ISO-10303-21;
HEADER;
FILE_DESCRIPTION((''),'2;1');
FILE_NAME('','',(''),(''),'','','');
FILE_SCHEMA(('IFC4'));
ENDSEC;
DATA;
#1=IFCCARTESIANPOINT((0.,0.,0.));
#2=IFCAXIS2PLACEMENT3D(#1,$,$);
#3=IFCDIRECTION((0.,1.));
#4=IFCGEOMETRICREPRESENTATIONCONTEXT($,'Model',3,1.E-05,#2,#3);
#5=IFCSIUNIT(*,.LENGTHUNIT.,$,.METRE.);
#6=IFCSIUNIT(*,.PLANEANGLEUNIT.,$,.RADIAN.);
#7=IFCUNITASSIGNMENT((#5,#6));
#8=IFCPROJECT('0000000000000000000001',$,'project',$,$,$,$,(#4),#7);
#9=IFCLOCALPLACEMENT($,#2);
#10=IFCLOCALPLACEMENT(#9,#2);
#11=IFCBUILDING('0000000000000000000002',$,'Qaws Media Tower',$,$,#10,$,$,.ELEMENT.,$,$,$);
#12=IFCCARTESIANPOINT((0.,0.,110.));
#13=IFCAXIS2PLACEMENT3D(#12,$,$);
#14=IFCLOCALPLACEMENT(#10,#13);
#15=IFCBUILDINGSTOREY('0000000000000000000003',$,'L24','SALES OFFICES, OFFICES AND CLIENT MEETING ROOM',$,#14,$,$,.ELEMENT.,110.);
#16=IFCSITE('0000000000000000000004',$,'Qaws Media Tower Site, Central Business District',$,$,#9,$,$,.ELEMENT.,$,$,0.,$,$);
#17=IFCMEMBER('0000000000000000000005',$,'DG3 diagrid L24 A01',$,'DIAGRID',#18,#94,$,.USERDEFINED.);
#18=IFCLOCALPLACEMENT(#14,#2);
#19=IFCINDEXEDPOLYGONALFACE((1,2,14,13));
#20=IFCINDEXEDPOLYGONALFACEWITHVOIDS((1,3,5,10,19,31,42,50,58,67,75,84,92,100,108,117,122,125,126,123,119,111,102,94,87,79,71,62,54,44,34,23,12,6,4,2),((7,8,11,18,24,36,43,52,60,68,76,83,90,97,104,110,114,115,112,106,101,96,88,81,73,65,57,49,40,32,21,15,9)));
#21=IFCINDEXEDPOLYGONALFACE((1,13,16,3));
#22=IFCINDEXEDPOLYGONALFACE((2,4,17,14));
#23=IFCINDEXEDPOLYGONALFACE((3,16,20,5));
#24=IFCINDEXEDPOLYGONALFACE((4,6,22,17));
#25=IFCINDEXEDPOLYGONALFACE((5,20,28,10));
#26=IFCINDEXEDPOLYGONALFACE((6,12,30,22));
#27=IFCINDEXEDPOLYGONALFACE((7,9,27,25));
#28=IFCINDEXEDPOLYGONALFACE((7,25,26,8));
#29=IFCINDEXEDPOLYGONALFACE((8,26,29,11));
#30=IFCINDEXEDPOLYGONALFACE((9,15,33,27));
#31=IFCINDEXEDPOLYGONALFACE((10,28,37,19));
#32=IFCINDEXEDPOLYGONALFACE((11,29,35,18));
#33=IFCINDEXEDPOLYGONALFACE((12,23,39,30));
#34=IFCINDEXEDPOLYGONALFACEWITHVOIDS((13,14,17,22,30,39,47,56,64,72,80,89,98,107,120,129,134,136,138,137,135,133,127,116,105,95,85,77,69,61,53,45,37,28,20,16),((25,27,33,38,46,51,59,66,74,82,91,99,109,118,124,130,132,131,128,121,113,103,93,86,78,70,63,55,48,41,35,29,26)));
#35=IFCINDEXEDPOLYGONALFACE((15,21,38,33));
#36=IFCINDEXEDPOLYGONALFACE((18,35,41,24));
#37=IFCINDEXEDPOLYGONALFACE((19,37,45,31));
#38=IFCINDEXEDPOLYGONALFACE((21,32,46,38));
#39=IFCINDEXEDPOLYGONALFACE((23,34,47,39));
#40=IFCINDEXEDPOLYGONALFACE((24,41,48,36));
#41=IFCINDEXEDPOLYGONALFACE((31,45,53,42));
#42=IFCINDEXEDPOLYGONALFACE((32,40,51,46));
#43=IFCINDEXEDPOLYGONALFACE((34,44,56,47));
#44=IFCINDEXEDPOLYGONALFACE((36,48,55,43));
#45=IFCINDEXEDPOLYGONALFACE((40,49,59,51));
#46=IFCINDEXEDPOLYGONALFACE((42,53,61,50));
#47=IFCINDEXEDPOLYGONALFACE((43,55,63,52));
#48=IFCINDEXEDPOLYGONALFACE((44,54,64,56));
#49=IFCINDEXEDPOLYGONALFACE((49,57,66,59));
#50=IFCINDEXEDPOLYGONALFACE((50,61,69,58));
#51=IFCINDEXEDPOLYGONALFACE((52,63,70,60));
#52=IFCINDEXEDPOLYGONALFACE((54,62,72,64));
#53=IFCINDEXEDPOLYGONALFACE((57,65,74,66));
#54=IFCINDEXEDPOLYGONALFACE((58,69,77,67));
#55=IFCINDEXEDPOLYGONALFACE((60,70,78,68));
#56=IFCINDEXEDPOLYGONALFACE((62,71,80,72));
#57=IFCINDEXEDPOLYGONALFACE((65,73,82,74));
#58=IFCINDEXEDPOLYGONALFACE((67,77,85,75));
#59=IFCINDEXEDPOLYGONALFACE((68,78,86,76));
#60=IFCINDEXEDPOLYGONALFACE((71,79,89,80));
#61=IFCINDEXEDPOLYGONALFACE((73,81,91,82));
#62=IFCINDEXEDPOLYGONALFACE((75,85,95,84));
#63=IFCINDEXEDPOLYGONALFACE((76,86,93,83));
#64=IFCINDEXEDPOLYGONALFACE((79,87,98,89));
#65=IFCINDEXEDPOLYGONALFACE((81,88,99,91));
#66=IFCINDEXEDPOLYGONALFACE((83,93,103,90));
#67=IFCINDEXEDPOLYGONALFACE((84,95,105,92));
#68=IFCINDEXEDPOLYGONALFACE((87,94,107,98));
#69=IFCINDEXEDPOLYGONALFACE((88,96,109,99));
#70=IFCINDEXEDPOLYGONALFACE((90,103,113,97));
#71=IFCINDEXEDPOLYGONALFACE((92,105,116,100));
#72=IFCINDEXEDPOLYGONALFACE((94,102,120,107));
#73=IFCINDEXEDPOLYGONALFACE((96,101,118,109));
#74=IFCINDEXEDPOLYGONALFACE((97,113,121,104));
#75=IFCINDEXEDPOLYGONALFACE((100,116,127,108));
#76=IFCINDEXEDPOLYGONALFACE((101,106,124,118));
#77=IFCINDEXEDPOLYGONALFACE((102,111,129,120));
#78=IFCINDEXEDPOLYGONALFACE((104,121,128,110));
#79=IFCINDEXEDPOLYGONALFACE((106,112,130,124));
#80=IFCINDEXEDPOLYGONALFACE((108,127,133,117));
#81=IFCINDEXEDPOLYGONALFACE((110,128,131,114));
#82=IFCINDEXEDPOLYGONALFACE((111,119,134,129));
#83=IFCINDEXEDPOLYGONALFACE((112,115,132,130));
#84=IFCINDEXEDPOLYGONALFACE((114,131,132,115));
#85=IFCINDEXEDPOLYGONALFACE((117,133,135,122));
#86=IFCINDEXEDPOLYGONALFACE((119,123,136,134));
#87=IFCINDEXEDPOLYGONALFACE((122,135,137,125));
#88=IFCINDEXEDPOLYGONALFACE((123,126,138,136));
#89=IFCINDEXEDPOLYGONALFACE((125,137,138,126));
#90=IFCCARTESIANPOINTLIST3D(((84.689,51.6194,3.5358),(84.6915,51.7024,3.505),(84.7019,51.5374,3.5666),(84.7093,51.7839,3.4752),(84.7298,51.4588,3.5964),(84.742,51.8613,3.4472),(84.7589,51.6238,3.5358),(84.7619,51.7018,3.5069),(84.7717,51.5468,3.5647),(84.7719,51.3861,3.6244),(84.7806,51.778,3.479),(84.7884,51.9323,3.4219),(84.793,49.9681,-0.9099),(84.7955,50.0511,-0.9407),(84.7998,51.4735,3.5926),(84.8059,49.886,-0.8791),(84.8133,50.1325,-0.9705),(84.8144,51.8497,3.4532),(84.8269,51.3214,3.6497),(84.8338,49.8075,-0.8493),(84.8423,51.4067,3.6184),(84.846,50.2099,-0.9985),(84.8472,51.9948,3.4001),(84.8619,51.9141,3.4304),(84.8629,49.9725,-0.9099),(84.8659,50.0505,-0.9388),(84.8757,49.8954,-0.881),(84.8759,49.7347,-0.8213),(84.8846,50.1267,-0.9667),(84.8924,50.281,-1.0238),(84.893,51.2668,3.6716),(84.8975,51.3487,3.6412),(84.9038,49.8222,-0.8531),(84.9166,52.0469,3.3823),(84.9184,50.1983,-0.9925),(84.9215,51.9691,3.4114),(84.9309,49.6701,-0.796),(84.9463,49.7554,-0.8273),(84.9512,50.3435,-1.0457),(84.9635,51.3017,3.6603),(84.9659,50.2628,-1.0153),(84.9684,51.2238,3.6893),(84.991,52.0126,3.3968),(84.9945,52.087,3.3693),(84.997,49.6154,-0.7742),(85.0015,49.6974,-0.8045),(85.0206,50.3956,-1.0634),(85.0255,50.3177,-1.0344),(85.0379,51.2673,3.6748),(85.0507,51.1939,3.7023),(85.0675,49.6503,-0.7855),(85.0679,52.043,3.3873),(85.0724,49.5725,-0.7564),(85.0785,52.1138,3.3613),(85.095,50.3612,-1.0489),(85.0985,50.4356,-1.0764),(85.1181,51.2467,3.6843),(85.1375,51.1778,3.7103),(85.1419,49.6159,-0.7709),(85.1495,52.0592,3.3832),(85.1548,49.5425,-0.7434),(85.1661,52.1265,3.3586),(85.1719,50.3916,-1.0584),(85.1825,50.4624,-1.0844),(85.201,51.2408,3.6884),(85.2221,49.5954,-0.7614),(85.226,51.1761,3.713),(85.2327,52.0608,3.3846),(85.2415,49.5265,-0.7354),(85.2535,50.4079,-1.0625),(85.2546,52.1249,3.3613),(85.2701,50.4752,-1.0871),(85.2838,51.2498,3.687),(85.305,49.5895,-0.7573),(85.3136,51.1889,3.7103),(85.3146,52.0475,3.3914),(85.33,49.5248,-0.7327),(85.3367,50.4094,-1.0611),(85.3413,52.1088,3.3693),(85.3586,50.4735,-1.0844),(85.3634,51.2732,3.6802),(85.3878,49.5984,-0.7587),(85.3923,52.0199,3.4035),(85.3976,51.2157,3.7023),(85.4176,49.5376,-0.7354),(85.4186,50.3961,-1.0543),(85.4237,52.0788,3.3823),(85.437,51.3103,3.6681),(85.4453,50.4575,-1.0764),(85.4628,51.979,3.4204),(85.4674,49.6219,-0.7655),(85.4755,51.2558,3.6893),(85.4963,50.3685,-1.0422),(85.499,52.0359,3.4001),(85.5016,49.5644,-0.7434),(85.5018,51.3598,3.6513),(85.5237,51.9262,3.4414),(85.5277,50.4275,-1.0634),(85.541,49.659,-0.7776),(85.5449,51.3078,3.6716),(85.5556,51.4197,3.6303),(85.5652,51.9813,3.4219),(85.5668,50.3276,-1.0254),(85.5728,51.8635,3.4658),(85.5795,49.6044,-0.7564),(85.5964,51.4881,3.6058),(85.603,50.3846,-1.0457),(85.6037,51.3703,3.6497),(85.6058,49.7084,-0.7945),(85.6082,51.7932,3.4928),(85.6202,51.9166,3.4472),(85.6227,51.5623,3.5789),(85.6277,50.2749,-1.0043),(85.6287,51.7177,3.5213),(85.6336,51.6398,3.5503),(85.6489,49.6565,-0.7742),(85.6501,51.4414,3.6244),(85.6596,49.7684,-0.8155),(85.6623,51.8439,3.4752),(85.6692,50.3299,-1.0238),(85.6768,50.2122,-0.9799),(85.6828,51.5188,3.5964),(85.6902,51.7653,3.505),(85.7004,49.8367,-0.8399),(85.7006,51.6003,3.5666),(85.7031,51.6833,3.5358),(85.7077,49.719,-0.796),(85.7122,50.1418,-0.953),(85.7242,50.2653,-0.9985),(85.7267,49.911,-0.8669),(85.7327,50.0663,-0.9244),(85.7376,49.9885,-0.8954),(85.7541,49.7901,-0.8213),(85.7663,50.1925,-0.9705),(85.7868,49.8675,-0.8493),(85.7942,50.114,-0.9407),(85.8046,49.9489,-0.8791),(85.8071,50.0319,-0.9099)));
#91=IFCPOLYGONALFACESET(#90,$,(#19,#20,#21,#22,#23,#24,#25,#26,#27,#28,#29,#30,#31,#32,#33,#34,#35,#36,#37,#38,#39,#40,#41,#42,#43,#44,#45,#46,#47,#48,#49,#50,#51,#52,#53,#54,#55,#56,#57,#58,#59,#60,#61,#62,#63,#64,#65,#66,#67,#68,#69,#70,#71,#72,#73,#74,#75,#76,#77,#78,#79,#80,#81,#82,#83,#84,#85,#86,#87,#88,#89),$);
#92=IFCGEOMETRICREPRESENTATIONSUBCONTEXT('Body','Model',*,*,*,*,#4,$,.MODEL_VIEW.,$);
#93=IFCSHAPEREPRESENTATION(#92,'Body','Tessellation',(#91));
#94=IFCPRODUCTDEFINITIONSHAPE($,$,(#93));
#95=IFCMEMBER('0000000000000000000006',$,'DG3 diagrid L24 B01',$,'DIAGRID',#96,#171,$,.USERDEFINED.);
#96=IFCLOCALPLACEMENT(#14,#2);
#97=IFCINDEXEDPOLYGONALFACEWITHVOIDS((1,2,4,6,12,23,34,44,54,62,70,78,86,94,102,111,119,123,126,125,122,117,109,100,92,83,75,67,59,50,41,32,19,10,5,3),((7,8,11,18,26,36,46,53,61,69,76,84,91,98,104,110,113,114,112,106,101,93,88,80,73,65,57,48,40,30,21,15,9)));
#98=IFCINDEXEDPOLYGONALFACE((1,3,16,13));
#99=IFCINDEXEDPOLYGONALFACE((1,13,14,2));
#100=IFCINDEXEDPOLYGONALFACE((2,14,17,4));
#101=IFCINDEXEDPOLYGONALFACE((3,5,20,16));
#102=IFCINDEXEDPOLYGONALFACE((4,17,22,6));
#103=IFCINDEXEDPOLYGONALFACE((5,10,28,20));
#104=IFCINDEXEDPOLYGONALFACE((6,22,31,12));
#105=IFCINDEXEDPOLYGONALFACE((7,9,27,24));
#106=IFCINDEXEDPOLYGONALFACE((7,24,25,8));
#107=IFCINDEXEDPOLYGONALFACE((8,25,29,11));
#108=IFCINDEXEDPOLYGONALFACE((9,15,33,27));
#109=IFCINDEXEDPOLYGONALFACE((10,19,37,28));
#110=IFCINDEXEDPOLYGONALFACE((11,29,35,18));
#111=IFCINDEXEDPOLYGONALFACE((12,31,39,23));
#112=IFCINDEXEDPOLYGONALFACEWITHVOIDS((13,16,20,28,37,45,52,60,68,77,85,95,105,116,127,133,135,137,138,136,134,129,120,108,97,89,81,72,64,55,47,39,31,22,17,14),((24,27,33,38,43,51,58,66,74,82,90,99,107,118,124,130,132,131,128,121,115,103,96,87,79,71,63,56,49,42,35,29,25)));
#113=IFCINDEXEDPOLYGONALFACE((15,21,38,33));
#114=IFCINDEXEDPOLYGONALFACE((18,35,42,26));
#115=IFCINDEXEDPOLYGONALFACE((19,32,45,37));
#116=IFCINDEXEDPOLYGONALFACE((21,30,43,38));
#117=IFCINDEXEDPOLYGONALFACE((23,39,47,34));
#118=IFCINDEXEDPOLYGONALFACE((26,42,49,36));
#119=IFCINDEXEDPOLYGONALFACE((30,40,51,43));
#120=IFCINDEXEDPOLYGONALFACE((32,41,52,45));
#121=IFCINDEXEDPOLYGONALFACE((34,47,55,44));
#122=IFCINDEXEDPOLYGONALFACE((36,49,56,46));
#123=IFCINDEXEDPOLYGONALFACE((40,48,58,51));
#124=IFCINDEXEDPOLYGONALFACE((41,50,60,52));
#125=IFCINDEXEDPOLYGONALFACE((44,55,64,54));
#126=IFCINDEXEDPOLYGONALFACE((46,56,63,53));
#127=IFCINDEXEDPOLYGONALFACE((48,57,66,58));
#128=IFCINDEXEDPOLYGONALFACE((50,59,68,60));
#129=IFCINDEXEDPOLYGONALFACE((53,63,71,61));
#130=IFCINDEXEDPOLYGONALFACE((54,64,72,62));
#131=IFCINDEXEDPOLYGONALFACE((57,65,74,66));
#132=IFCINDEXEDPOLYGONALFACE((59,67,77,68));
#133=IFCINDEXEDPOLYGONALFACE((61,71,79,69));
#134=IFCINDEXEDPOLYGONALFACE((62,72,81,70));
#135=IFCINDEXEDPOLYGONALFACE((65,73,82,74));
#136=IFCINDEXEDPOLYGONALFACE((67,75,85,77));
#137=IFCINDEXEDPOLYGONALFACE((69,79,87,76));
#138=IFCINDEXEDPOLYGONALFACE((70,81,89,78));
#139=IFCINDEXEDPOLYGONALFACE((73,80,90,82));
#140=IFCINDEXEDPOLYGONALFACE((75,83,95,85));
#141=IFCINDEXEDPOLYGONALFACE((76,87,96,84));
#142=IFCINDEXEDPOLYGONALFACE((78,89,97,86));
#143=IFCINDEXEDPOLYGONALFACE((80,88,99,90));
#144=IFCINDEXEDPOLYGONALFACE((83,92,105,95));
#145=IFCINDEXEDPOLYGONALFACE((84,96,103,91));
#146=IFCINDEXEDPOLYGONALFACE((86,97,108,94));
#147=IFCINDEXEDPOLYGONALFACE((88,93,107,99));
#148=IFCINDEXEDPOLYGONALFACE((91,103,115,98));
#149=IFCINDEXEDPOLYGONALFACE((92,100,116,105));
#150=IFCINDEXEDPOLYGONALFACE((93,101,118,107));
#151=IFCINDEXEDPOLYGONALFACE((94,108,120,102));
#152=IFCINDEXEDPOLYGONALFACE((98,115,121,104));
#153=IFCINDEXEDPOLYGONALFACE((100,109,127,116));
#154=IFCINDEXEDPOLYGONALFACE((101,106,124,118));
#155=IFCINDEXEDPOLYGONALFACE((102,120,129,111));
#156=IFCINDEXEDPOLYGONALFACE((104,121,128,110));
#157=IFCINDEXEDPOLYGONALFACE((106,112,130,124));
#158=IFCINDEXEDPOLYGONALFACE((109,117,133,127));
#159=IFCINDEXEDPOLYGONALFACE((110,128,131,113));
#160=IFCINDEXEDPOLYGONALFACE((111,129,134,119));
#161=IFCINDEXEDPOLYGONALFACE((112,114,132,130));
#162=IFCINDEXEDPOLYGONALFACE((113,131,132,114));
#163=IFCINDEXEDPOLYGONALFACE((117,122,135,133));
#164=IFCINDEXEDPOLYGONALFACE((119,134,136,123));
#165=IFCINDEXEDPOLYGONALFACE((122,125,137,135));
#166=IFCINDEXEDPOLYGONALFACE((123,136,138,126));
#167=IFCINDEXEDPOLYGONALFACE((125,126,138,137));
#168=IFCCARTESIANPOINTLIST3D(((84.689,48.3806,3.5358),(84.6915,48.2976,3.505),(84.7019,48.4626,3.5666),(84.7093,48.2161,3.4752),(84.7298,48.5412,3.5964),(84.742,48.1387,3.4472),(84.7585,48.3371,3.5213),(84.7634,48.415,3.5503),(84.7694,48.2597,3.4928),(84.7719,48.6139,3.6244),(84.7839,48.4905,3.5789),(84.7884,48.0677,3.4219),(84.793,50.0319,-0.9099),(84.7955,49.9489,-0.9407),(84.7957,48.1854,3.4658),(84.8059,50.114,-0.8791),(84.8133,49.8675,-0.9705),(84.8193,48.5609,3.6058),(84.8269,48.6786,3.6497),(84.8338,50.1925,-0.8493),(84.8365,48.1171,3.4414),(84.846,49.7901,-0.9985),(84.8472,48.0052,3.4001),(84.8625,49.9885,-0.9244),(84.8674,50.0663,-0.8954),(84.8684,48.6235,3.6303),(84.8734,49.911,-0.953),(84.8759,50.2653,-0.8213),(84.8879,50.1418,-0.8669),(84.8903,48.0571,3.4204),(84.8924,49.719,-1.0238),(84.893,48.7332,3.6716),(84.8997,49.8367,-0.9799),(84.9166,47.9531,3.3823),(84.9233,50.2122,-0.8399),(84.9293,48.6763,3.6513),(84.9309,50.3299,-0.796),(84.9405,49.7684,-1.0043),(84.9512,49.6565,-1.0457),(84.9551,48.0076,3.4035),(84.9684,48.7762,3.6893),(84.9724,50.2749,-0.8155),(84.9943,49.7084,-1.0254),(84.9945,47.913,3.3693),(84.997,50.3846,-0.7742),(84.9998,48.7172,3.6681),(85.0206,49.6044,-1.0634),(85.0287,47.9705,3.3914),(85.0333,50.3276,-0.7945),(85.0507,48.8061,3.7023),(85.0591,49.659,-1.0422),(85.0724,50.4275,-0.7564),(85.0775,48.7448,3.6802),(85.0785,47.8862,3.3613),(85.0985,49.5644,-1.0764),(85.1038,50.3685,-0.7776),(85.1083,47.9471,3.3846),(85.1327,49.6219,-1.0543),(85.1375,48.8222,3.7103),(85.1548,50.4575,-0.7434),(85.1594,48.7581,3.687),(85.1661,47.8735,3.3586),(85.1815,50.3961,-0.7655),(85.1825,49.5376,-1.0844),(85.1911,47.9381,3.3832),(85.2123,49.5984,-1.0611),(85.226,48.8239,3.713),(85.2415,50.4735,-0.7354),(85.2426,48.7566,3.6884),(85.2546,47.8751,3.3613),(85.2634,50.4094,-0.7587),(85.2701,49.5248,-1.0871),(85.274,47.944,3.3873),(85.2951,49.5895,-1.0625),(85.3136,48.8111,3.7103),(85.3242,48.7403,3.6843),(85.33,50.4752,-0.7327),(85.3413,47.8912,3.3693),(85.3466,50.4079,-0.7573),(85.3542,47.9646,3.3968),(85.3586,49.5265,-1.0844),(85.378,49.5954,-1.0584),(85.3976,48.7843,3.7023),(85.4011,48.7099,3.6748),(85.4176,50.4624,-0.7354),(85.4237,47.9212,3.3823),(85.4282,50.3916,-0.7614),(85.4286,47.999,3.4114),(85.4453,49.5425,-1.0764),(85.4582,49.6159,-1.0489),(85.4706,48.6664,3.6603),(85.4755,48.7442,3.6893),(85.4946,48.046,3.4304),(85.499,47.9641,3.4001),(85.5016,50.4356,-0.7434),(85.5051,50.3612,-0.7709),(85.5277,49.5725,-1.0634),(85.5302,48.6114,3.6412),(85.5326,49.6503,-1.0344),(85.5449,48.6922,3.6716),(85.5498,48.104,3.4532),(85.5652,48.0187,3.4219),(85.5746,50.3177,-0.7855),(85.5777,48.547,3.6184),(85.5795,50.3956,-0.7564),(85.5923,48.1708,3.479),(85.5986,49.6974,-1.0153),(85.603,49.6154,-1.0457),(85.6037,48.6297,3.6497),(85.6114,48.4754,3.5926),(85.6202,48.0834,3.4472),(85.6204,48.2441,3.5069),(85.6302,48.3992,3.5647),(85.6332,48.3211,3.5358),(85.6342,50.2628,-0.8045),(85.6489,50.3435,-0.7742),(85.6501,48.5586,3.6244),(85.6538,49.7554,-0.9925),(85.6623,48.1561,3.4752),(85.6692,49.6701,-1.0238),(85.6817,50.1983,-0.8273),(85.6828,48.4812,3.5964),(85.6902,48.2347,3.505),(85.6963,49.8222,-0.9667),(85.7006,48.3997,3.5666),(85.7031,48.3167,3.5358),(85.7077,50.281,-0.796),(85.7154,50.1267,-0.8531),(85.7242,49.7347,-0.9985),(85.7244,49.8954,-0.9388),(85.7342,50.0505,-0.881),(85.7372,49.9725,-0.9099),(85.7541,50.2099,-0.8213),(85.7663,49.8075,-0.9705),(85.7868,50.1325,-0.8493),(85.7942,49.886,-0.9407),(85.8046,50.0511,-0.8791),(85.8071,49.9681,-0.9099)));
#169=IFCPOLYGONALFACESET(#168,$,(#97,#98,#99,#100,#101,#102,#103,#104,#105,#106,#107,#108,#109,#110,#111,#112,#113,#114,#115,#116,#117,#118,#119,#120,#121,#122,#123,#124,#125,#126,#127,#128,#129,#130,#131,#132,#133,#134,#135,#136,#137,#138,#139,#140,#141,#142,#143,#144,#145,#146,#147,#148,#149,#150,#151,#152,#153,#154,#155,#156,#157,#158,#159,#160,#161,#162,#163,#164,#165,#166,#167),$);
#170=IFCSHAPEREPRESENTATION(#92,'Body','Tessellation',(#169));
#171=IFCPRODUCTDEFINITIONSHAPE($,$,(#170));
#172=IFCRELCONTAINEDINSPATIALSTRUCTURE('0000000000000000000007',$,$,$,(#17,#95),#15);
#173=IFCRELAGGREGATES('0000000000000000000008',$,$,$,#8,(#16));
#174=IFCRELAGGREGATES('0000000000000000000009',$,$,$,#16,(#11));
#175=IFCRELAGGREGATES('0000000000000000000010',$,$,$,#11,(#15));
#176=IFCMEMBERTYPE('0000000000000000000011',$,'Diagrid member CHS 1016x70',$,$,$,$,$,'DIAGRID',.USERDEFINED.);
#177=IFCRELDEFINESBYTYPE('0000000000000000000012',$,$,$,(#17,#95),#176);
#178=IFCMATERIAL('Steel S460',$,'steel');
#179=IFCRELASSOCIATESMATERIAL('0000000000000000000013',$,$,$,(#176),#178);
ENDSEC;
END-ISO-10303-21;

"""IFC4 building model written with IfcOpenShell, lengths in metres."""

from ifc_helpers import new_model, si_unit, direction, frame, origin, origin_2d, place, context, subcontext, project, spatial, hollow_circle, extrude, material, material_profile, profile_set, type_object, element, save


model = new_model("IFC4")

# Units and contexts
model_context = context("Model", 3, precision=1e-05, world=origin(), true_north=direction((0.0, 1.0)))
body_context = subcontext(model_context, "Body", "Model", "MODEL_VIEW")
ifc_project = project(units=[si_unit("LENGTHUNIT", "METRE"), si_unit("PLANEANGLEUNIT", "RADIAN")], contexts=[model_context])

# Site, building, storey
site_placement = place(None, origin())
site = spatial("IfcSite", under=ifc_project, at=site_placement, Name="Qaws Media Tower Site, Central Business District", CompositionType="ELEMENT", RefElevation=0.0)
building_placement = place(site_placement, origin())
building = spatial("IfcBuilding", under=site, at=building_placement, Name="Qaws Media Tower", CompositionType="ELEMENT")
storey_placement = place(building_placement, frame((0.0, 0.0, 110.0)))
storey = spatial("IfcBuildingStorey", under=building, at=storey_placement, Name="L24", Description="SALES OFFICES, OFFICES AND CLIENT MEETING ROOM", CompositionType="ELEMENT", Elevation=110.0)

# Members
ifc_material_1 = material(Name="Steel S460", Category="steel")
ifc_material_profile_1 = material_profile(ifc_material_1, hollow_circle(Radius=0.5081, WallThickness=0.0701, at=origin_2d()), Name="CHS 1016x70")
ifc_profile_set_1 = profile_set([ifc_material_profile_1], Name="Steel S460")
member_type_1 = type_object("IfcMemberType", Name="Diagrid member CHS 1016x70", ElementType="DIAGRID", PredefinedType="USERDEFINED", material=ifc_profile_set_1)
for number, where, z_axis, x_axis, name in (
    (1, (85.3, 50.0, -0.9099), (-0.021924, 0.348116, 0.937195), (-0.998023, -0.062856, 0.0), "DG3 diagrid L24 A01"),
    (2, (85.3, 50.0, -0.9099), (-0.021924, -0.348116, 0.937195), (0.998023, -0.062856, 0.0), "DG3 diagrid L24 B01"),
):
    element("IfcMember", number, at=place(storey_placement, frame(where, z_axis=z_axis, x_axis=x_axis)), inside=storey, type_object=member_type_1, Name=name, ObjectType="DIAGRID", PredefinedType="USERDEFINED", context=body_context, shape_type="SweptSolid", body=[
        extrude(hollow_circle(Radius=0.5081, WallThickness=0.0701, at=origin_2d()), origin(), (0.0, 0.0, 1.0), 4.7437),
    ])

save(model, "model.ifc")
